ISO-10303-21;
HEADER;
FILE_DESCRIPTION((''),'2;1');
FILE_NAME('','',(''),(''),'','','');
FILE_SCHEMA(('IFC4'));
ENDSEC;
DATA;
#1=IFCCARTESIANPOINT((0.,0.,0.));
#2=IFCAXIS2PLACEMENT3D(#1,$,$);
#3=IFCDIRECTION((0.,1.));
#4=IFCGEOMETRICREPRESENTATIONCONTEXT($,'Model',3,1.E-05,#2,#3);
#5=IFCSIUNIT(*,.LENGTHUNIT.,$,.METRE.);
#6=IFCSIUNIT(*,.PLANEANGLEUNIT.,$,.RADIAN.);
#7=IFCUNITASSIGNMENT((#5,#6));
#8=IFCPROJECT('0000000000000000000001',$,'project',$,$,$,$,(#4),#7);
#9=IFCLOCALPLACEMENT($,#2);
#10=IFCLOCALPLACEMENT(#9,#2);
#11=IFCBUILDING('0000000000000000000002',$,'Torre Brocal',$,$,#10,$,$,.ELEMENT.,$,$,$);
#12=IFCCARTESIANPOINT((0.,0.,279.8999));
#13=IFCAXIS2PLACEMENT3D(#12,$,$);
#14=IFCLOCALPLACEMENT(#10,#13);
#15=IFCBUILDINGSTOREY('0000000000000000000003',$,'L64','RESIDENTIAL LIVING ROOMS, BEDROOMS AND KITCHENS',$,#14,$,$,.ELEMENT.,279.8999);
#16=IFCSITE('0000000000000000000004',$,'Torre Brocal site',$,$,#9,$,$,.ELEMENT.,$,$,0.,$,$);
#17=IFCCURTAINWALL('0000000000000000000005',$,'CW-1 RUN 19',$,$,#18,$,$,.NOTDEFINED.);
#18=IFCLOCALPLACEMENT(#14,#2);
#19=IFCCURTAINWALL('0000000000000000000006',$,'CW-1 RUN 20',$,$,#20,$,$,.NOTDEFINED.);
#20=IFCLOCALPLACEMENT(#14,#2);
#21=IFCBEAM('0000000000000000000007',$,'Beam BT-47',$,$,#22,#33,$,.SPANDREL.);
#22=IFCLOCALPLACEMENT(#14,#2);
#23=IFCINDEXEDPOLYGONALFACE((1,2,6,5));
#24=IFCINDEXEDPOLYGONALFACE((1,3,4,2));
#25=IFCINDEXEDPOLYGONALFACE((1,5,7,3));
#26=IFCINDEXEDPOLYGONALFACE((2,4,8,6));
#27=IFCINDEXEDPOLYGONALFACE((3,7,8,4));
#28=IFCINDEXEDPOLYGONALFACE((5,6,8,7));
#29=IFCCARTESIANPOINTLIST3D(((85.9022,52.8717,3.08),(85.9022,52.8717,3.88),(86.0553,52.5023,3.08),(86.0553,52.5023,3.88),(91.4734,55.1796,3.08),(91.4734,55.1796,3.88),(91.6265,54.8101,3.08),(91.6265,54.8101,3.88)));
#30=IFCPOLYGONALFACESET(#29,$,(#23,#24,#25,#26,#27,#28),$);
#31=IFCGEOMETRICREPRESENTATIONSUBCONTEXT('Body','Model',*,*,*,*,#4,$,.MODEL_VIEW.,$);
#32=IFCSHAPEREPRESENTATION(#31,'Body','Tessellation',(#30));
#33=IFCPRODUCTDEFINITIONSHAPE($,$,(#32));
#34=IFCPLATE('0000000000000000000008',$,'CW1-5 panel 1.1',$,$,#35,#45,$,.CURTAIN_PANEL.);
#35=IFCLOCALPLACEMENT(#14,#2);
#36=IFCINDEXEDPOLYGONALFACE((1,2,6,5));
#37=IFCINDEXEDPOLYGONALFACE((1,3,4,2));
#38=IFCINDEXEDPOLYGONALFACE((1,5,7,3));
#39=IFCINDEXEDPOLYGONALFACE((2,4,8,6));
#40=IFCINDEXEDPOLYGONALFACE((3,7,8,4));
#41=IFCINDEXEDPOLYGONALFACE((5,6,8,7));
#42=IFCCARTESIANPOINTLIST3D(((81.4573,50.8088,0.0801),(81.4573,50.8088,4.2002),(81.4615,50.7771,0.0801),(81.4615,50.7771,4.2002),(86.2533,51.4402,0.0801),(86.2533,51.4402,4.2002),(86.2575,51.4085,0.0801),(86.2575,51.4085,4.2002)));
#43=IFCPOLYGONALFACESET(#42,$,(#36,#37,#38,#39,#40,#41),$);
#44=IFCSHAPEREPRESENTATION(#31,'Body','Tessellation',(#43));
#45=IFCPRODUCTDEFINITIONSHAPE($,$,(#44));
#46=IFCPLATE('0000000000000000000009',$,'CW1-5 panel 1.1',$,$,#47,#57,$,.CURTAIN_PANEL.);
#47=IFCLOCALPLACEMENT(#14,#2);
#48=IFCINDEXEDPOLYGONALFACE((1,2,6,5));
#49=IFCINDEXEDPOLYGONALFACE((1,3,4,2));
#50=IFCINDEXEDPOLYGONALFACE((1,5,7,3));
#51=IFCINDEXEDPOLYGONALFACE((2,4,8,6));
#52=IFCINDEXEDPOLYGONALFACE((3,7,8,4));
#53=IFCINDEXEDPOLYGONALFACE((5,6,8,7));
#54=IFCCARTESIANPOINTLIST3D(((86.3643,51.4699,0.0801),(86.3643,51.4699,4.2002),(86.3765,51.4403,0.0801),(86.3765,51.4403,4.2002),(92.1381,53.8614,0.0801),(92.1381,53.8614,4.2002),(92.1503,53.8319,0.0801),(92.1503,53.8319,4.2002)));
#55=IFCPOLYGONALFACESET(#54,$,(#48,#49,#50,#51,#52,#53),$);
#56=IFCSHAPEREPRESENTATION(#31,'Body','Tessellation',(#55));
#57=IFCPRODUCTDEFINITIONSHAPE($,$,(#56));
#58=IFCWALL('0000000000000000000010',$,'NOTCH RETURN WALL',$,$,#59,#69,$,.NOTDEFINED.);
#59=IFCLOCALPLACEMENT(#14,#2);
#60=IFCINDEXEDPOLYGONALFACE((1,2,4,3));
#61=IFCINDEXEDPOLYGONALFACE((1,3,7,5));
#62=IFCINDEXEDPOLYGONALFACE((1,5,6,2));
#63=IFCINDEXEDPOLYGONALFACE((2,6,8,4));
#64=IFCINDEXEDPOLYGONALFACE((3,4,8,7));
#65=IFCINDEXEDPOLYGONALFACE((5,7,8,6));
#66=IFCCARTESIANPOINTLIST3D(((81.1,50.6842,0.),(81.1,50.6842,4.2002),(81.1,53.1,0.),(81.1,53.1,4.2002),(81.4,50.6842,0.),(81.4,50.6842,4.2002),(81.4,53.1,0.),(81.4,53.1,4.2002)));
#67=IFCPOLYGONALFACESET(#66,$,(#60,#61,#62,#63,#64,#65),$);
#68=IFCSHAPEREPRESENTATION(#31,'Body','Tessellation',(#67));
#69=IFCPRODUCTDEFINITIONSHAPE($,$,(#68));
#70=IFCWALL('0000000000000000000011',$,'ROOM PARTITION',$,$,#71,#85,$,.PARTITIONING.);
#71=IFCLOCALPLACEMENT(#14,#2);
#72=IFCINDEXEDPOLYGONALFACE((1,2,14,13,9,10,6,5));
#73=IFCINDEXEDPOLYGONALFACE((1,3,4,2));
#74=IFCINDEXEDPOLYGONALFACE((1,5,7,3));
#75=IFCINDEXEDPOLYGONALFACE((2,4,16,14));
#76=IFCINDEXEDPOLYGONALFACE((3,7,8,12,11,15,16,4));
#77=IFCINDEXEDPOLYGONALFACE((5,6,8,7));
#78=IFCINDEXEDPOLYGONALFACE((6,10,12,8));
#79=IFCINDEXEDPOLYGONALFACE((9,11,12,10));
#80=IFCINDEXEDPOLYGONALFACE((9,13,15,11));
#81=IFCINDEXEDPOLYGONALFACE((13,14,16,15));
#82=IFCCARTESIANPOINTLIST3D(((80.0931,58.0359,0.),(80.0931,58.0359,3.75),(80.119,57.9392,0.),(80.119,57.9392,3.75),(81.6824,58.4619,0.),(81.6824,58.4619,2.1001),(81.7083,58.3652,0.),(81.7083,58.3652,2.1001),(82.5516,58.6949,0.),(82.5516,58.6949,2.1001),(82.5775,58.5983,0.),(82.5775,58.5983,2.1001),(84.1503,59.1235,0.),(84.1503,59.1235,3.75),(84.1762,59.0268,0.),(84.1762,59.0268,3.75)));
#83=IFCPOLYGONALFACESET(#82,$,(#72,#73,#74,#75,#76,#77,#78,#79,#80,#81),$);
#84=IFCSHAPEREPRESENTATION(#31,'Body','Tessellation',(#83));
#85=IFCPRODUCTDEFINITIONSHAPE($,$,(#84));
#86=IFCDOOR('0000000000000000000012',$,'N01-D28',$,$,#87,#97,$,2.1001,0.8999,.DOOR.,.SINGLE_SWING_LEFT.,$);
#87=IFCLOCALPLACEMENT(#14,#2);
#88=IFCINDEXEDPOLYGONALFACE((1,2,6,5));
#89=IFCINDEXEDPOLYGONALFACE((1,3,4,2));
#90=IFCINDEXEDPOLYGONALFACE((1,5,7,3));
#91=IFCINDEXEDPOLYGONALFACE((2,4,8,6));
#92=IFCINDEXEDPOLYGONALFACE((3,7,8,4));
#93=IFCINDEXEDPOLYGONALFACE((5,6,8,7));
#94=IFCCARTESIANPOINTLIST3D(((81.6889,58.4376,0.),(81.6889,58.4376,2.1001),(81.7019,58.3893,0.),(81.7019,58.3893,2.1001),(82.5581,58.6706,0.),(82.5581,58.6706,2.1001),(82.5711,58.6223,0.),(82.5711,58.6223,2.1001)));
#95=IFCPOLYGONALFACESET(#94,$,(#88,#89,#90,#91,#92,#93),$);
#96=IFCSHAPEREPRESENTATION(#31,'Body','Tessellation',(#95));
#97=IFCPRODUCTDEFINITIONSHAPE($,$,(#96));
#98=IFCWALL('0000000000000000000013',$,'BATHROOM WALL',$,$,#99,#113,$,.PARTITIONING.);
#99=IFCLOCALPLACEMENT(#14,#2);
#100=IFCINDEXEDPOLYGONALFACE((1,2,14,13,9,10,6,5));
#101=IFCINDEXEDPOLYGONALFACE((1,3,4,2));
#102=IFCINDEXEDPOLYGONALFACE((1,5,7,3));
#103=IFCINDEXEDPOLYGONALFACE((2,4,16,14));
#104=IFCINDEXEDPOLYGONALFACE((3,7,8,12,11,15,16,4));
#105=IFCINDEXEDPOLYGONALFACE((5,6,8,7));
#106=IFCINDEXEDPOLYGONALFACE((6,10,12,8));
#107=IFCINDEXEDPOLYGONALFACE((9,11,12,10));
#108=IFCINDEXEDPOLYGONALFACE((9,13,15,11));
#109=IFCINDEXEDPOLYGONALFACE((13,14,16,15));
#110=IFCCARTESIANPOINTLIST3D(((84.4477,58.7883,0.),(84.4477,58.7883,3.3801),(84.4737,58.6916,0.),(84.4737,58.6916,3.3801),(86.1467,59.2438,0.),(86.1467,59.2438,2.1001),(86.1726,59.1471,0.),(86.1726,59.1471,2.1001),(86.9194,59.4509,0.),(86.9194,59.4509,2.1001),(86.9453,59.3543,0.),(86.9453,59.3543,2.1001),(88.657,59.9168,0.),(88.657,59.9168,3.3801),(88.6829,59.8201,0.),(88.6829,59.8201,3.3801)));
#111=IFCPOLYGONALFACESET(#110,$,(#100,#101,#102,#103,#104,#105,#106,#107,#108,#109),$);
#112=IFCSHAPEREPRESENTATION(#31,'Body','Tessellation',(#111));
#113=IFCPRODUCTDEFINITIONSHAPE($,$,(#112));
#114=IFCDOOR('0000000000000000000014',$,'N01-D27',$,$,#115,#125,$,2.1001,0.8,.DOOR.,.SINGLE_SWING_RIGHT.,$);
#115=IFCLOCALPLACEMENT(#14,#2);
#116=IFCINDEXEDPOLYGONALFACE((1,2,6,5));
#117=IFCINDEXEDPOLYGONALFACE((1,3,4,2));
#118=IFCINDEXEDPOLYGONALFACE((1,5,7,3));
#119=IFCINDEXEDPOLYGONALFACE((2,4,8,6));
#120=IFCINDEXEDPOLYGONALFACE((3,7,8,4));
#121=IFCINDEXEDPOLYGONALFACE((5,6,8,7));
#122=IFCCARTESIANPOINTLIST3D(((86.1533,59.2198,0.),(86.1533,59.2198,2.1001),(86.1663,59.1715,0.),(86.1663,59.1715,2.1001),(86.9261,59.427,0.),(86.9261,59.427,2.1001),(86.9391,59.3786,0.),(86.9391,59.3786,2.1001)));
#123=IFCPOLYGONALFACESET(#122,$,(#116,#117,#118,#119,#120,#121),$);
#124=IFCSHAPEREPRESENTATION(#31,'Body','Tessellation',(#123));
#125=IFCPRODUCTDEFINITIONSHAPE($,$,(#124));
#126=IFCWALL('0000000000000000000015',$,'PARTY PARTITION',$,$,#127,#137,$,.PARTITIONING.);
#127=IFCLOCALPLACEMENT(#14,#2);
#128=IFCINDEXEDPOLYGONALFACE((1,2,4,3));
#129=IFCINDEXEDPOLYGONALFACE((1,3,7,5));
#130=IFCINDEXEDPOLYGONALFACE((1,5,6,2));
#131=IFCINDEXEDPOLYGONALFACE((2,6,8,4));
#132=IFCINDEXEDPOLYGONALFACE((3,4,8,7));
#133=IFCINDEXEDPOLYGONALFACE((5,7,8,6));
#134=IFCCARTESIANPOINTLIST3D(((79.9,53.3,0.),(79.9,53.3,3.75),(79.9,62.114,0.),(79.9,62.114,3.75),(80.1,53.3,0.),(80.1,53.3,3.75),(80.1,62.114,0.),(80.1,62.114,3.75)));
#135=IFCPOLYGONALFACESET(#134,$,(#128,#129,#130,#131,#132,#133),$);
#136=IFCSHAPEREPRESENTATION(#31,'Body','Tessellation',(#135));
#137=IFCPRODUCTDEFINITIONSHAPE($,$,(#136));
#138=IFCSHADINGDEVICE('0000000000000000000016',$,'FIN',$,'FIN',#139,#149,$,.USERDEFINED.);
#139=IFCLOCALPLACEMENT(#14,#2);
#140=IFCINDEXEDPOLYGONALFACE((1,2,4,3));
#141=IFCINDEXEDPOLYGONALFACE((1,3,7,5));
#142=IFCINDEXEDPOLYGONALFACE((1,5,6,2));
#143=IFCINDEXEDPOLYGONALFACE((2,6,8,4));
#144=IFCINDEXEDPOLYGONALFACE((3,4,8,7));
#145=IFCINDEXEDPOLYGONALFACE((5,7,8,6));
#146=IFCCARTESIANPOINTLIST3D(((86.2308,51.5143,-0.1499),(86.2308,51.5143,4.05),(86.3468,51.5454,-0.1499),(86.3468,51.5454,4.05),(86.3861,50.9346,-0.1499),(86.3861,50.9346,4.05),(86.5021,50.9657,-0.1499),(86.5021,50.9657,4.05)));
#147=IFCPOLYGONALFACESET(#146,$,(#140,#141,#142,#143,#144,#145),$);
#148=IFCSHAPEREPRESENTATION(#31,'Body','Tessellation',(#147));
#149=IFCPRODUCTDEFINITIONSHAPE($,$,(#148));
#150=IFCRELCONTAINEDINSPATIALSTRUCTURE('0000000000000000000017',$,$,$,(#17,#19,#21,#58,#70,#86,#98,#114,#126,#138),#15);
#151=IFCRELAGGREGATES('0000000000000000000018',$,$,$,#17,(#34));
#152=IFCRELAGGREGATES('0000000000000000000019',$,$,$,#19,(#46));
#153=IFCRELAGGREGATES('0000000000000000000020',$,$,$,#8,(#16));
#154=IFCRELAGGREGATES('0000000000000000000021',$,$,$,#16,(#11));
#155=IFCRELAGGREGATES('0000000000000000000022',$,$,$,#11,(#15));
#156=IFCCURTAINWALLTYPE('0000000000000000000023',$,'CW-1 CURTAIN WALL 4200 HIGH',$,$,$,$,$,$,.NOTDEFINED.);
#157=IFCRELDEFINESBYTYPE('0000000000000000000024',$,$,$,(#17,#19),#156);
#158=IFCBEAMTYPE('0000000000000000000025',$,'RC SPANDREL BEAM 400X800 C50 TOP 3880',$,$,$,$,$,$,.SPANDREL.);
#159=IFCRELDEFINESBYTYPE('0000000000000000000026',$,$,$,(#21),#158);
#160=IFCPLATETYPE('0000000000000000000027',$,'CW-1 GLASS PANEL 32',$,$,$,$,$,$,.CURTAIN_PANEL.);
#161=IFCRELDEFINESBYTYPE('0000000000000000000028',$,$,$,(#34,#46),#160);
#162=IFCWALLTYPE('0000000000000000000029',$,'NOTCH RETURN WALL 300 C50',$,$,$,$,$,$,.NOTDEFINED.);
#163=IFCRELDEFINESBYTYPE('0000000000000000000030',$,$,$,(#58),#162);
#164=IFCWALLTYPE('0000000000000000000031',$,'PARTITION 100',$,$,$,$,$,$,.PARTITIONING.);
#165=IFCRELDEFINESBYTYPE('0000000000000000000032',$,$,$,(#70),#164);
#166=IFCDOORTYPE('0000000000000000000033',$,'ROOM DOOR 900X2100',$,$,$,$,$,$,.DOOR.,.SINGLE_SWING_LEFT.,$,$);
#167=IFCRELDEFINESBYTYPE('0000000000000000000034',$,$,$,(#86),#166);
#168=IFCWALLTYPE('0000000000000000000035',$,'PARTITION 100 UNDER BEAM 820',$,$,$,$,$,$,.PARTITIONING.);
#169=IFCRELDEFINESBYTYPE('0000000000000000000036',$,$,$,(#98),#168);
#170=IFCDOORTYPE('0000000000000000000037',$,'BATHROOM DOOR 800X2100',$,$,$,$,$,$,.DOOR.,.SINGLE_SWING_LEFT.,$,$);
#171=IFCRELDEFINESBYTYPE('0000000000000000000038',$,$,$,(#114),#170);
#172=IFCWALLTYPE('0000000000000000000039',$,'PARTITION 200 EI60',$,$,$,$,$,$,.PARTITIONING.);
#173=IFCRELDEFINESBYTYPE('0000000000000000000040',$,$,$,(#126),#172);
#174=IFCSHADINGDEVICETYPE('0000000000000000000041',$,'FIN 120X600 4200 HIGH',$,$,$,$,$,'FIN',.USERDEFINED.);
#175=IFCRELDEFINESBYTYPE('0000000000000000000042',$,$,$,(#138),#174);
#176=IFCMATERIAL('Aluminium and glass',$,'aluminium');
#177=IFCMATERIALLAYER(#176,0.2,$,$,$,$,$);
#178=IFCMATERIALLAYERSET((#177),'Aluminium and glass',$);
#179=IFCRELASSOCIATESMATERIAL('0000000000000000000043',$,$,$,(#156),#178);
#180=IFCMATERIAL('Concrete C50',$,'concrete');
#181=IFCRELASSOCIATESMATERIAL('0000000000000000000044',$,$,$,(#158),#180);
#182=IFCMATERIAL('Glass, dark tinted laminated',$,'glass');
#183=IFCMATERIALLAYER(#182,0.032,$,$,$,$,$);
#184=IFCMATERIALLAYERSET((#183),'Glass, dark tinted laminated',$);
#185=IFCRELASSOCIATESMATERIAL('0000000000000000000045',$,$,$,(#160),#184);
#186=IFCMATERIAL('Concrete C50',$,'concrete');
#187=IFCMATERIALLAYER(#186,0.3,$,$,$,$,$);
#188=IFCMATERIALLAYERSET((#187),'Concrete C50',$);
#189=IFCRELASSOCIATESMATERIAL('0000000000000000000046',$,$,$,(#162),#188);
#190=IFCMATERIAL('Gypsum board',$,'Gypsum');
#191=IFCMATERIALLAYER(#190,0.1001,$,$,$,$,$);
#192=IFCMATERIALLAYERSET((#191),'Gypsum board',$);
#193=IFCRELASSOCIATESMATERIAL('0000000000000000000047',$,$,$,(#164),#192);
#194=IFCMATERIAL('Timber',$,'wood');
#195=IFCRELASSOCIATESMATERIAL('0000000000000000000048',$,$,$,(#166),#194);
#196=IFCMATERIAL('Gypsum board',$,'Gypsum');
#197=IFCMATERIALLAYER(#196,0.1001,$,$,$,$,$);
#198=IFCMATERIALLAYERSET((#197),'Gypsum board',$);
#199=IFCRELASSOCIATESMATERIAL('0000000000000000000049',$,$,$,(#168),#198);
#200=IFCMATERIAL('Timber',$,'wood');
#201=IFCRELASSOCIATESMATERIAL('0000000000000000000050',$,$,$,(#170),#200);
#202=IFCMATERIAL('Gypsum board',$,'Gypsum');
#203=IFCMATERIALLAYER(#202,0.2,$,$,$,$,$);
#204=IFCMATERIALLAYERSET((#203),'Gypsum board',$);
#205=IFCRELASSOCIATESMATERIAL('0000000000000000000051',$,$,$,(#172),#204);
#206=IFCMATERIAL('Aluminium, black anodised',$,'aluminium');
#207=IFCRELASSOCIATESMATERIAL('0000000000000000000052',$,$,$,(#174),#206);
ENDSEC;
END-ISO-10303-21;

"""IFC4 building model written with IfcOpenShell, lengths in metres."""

from ifc_helpers import new_model, si_unit, direction, frame, frame_2d, origin, origin_2d, place, context, subcontext, project, spatial, rectangle, extrude, material, layer, layer_set, material_profile, profile_set, type_object, element, fill, aggregate, save


model = new_model("IFC4")

# Units and contexts
model_context = context("Model", 3, precision=1e-05, world=origin(), true_north=direction((0.0, 1.0)))
body_context = subcontext(model_context, "Body", "Model", "MODEL_VIEW")
ifc_project = project(units=[si_unit("LENGTHUNIT", "METRE"), si_unit("PLANEANGLEUNIT", "RADIAN")], contexts=[model_context])

# Site, building, storey
site_placement = place(None, origin())
site = spatial("IfcSite", under=ifc_project, at=site_placement, Name="Torre Brocal site", CompositionType="ELEMENT", RefElevation=0.0)
building_placement = place(site_placement, origin())
building = spatial("IfcBuilding", under=site, at=building_placement, Name="Torre Brocal", CompositionType="ELEMENT")
storey_placement = place(building_placement, frame((0.0, 0.0, 279.8999)))
storey = spatial("IfcBuildingStorey", under=building, at=storey_placement, Name="L64", Description="RESIDENTIAL LIVING ROOMS, BEDROOMS AND KITCHENS", CompositionType="ELEMENT", Elevation=279.8999)

# Curtain wall
ifc_material_1 = material(Name="Aluminium and glass", Category="aluminium")
ifc_layer_1 = layer(ifc_material_1, 0.2)
ifc_layer_set_1 = layer_set([ifc_layer_1], Name="Aluminium and glass")
curtain_wall_type = type_object("IfcCurtainWallType", Name="CW-1 CURTAIN WALL 4200 HIGH", PredefinedType="NOTDEFINED", material=ifc_layer_set_1)
curtain_wall_1_placement = place(storey_placement, origin())
curtain_wall_1 = element("IfcCurtainWall", 1, at=curtain_wall_1_placement, inside=storey, type_object=curtain_wall_type, Name="CW-1 RUN 19", PredefinedType="NOTDEFINED")

# Curtain wall
curtain_wall_2_placement = place(storey_placement, origin())
curtain_wall_2 = element("IfcCurtainWall", 2, at=curtain_wall_2_placement, inside=storey, type_object=curtain_wall_type, Name="CW-1 RUN 20", PredefinedType="NOTDEFINED")

# Beam
ifc_material_2 = material(Name="Concrete C50", Category="concrete")
ifc_material_profile_1 = material_profile(ifc_material_2, rectangle(XDim=0.3999, YDim=0.8, at=origin_2d()), Name="RC 400X800")
ifc_profile_set_1 = profile_set([ifc_material_profile_1], Name="Concrete C50")
beam_type_1 = type_object("IfcBeamType", Name="RC SPANDREL BEAM 400X800 C50 TOP 3880", PredefinedType="SPANDREL", material=ifc_profile_set_1)
beam_1_placement = place(storey_placement, frame((85.9788, 52.687, 3.48), z_axis=(0.92387, 0.382706, 0.0), x_axis=(-0.382706, 0.92387, 0.0)))
element("IfcBeam", 3, at=beam_1_placement, inside=storey, type_object=beam_type_1, Name="Beam BT-47", PredefinedType="SPANDREL", context=body_context, shape_type="SweptSolid", body=[
    extrude(rectangle(XDim=0.3999, YDim=0.8, at=origin_2d()), origin(), (0.0, 0.0, 1.0), 6.0303),
])

# Plates
ifc_material_3 = material(Name="Glass, dark tinted laminated", Category="glass")
ifc_layer_2 = layer(ifc_material_3, 0.032)
ifc_layer_set_2 = layer_set([ifc_layer_2], Name="Glass, dark tinted laminated")
plate_type = type_object("IfcPlateType", Name="CW-1 GLASS PANEL 32", PredefinedType="CURTAIN_PANEL", material=ifc_layer_set_2)
plate_1_placement = place(storey_placement, frame((83.8574, 51.1086, 0.0801), z_axis=(0.0, 0.0, 1.0), x_axis=(0.991445, 0.130526, 0.0)))
plate_1 = element("IfcPlate", 4, at=plate_1_placement, type_object=plate_type, Name="CW1-5 panel 1.1", PredefinedType="CURTAIN_PANEL", context=body_context, shape_type="SweptSolid", body=[
    extrude(rectangle(XDim=4.8374, YDim=0.032, at=origin_2d()), origin(), (0.0, 0.0, 1.0), 4.1201),
])
aggregate(curtain_wall_1, [plate_1])
plate_2_placement = place(storey_placement, frame((89.2573, 52.6509, 0.0801), z_axis=(0.0, 0.0, 1.0), x_axis=(0.92388, 0.382683, 0.0)))
plate_2 = element("IfcPlate", 5, at=plate_2_placement, type_object=plate_type, Name="CW1-5 panel 1.1", PredefinedType="CURTAIN_PANEL", context=body_context, shape_type="SweptSolid", body=[
    extrude(rectangle(XDim=6.2495, YDim=0.032, at=origin_2d()), origin(), (0.0, 0.0, 1.0), 4.1201),
])
aggregate(curtain_wall_2, [plate_2])

# Wall
ifc_material_4 = material(Name="Concrete C50", Category="concrete")
ifc_layer_3 = layer(ifc_material_4, 0.3)
ifc_layer_set_3 = layer_set([ifc_layer_3], Name="Concrete C50")
wall_type_1 = type_object("IfcWallType", Name="NOTCH RETURN WALL 300 C50", PredefinedType="NOTDEFINED", material=ifc_layer_set_3)
wall_1_placement = place(storey_placement, frame((81.25, 53.1001, 0.0), z_axis=(0.0, 0.0, 1.0), x_axis=(0.0, -1.0, 0.0)))
element("IfcWall", 6, at=wall_1_placement, inside=storey, type_object=wall_type_1, Name="NOTCH RETURN WALL", PredefinedType="NOTDEFINED", context=body_context, shape_type="SweptSolid", body=[
    extrude(rectangle(XDim=2.4158, YDim=0.3, at=frame_2d((1.208, 0.0))), origin(), (0.0, 0.0, 1.0), 4.2002),
])

# Walls, openings, doors
ifc_material_5 = material(Name="Gypsum board", Category="Gypsum")
ifc_layer_4 = layer(ifc_material_5, 0.1001)
ifc_layer_set_4 = layer_set([ifc_layer_4], Name="Gypsum board")
wall_type_2 = type_object("IfcWallType", Name="PARTITION 100", PredefinedType="PARTITIONING", material=ifc_layer_set_4)
wall_2_placement = place(storey_placement, frame((80.1062, 57.9875, 0.0), z_axis=(0.0, 0.0, 1.0), x_axis=(0.965894, 0.258939, 0.0)))
wall_2 = element("IfcWall", 7, at=wall_2_placement, inside=storey, type_object=wall_type_2, Name="ROOM PARTITION", PredefinedType="PARTITIONING", context=body_context, shape_type="SweptSolid", body=[
    extrude(rectangle(XDim=4.2004, YDim=0.1001, at=frame_2d((2.1001, 0.0))), origin(), (0.0, 0.0, 1.0), 3.75),
])
opening_1_placement = place(wall_2_placement, frame((1.6453, 0.0, 0.0)))
opening_1 = element("IfcOpeningElement", 8, at=opening_1_placement, cuts=wall_2, PredefinedType="OPENING", context=body_context, shape_type="SweptSolid", body=[
    extrude(rectangle(XDim=0.8999, YDim=2.1001, at=frame_2d((0.45, 1.05))), frame((0.0, 0.0601, 0.0), z_axis=(0.0, -1.0, 0.0), x_axis=(1.0, 0.0, 0.0)), (0.0, 0.0, 1.0), 0.1201),
])
ifc_material_6 = material(Name="Timber", Category="wood")
door_type_1 = type_object("IfcDoorType", Name="ROOM DOOR 900X2100", OperationType="SINGLE_SWING_LEFT", PredefinedType="DOOR", material=ifc_material_6)
door_1_placement = place(opening_1_placement, origin())
door_1 = element("IfcDoor", 9, at=door_1_placement, inside=storey, type_object=door_type_1, Name="N01-D28", OperationType="SINGLE_SWING_LEFT", OverallHeight=2.1001, OverallWidth=0.8999, PredefinedType="DOOR", context=body_context, shape_type="SweptSolid", body=[
    extrude(rectangle(XDim=0.8999, YDim=2.1001, at=frame_2d((0.45, 1.05))), frame((0.0, 0.0249, 0.0), z_axis=(0.0, -1.0, 0.0), x_axis=(1.0, 0.0, 0.0)), (0.0, 0.0, 1.0), 0.05),
])
fill(opening_1, door_1)
ifc_material_7 = material(Name="Gypsum board", Category="Gypsum")
ifc_layer_5 = layer(ifc_material_7, 0.1001)
ifc_layer_set_5 = layer_set([ifc_layer_5], Name="Gypsum board")
wall_type_3 = type_object("IfcWallType", Name="PARTITION 100 UNDER BEAM 820", PredefinedType="PARTITIONING", material=ifc_layer_set_5)
wall_3_placement = place(storey_placement, frame((84.4607, 58.74, 0.0), z_axis=(0.0, 0.0, 1.0), x_axis=(0.965894, 0.258939, 0.0)))
wall_3 = element("IfcWall", 10, at=wall_3_placement, inside=storey, type_object=wall_type_3, Name="BATHROOM WALL", PredefinedType="PARTITIONING", context=body_context, shape_type="SweptSolid", body=[
    extrude(rectangle(XDim=4.3579, YDim=0.1001, at=frame_2d((2.179, 0.0))), origin(), (0.0, 0.0, 1.0), 3.3801),
])
opening_2_placement = place(wall_3_placement, frame((1.759, 0.0, 0.0)))
opening_2 = element("IfcOpeningElement", 11, at=opening_2_placement, cuts=wall_3, PredefinedType="OPENING", context=body_context, shape_type="SweptSolid", body=[
    extrude(rectangle(XDim=0.8, YDim=2.1001, at=frame_2d((0.3999, 1.05))), frame((0.0, 0.0601, 0.0), z_axis=(0.0, -1.0, 0.0), x_axis=(1.0, 0.0, 0.0)), (0.0, 0.0, 1.0), 0.1201),
])
ifc_material_8 = material(Name="Timber", Category="wood")
door_type_2 = type_object("IfcDoorType", Name="BATHROOM DOOR 800X2100", OperationType="SINGLE_SWING_LEFT", PredefinedType="DOOR", material=ifc_material_8)
door_2_placement = place(opening_2_placement, frame((0.8, 0.0, 0.0), z_axis=(0.0, 0.0, 1.0), x_axis=(-1.0, 0.0, 0.0)))
door_2 = element("IfcDoor", 12, at=door_2_placement, inside=storey, type_object=door_type_2, Name="N01-D27", OperationType="SINGLE_SWING_RIGHT", OverallHeight=2.1001, OverallWidth=0.8, PredefinedType="DOOR", context=body_context, shape_type="SweptSolid", body=[
    extrude(rectangle(XDim=0.8, YDim=2.1001, at=frame_2d((0.3999, 1.05))), frame((0.0, 0.0249, 0.0), z_axis=(0.0, -1.0, 0.0), x_axis=(1.0, 0.0, 0.0)), (0.0, 0.0, 1.0), 0.05),
])
fill(opening_2, door_2)

# Wall
ifc_material_9 = material(Name="Gypsum board", Category="Gypsum")
ifc_layer_6 = layer(ifc_material_9, 0.2)
ifc_layer_set_6 = layer_set([ifc_layer_6], Name="Gypsum board")
wall_type_4 = type_object("IfcWallType", Name="PARTITION 200 EI60", PredefinedType="PARTITIONING", material=ifc_layer_set_6)
wall_4_placement = place(storey_placement, frame((80.0, 53.3, 0.0), z_axis=(0.0, 0.0, 1.0), x_axis=(0.0, 1.0, 0.0)))
element("IfcWall", 13, at=wall_4_placement, inside=storey, type_object=wall_type_4, Name="PARTY PARTITION", PredefinedType="PARTITIONING", context=body_context, shape_type="SweptSolid", body=[
    extrude(rectangle(XDim=8.814, YDim=0.2, at=frame_2d((4.407, 0.0))), origin(), (0.0, 0.0, 1.0), 3.75),
])

# Shading device
ifc_material_10 = material(Name="Aluminium, black anodised", Category="aluminium")
ifc_material_profile_2 = material_profile(ifc_material_10, rectangle(XDim=0.1201, YDim=0.6001, at=origin_2d()), Name="FIN 120X600 4200 HIGH")
ifc_profile_set_2 = profile_set([ifc_material_profile_2], Name="Aluminium, black anodised")
shading_device_type = type_object("IfcShadingDeviceType", Name="FIN 120X600 4200 HIGH", ElementType="FIN", PredefinedType="USERDEFINED", material=ifc_profile_set_2)
shading_device_placement = place(storey_placement, frame((86.3665, 51.24, -0.1499), z_axis=(0.0, 0.0, 1.0), x_axis=(0.965926, 0.258819, 0.0)))
element("IfcShadingDevice", 14, at=shading_device_placement, inside=storey, type_object=shading_device_type, Name="FIN", ObjectType="FIN", PredefinedType="USERDEFINED", context=body_context, shape_type="SweptSolid", body=[
    extrude(rectangle(XDim=0.1201, YDim=0.6001, at=origin_2d()), origin(), (0.0, 0.0, 1.0), 4.2),
])

save(model, "model.ifc")
